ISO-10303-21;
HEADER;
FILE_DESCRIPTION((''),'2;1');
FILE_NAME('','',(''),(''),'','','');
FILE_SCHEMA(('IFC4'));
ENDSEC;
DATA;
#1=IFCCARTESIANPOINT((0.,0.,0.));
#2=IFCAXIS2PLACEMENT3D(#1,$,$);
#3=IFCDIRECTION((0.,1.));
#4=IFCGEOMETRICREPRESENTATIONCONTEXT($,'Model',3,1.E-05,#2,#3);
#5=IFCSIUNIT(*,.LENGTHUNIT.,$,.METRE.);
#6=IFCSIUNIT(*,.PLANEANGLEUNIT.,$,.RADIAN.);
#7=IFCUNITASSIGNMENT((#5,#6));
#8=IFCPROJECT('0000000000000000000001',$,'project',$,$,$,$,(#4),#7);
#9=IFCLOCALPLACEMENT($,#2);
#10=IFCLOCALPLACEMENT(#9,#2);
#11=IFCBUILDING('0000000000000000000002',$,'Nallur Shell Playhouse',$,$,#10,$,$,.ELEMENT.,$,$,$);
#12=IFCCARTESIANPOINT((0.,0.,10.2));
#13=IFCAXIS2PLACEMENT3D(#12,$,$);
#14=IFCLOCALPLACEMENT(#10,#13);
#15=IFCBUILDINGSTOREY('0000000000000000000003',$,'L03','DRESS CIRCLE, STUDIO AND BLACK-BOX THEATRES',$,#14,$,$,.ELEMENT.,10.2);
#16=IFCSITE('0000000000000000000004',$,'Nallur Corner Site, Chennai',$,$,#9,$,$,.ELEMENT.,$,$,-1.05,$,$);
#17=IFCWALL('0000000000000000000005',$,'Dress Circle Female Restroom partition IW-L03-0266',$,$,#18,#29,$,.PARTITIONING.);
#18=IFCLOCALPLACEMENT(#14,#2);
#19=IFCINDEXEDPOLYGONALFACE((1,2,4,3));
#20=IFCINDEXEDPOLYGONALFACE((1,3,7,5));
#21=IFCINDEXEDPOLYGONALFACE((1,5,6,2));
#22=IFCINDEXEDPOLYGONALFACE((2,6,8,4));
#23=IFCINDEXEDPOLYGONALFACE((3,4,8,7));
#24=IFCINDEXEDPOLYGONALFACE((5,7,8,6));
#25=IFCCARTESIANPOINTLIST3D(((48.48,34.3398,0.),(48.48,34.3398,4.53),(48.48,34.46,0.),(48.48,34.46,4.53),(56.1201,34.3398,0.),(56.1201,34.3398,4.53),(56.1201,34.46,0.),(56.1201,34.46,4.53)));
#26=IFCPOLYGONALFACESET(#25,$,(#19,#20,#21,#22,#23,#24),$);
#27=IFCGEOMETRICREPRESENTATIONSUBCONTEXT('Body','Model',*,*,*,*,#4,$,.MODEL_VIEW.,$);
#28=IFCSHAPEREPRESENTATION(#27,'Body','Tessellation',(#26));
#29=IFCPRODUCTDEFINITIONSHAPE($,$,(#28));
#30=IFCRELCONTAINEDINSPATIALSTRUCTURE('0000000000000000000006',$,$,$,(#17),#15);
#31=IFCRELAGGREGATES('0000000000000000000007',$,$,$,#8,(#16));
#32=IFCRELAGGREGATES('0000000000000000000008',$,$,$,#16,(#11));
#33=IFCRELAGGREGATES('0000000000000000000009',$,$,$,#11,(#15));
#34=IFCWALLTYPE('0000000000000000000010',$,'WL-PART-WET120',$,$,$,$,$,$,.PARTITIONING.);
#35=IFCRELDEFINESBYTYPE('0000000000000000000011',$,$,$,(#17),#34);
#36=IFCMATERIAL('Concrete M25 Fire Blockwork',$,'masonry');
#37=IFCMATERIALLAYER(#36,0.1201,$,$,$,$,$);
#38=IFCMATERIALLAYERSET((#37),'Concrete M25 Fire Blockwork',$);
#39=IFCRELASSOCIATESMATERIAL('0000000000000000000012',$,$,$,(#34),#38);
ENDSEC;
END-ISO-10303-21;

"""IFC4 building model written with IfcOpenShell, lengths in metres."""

from ifc_helpers import new_model, si_unit, direction, frame, frame_2d, origin, place, context, subcontext, project, spatial, rectangle, extrude, material, layer, layer_set, type_object, element, save


model = new_model("IFC4")

# Units and contexts
model_context = context("Model", 3, precision=1e-05, world=origin(), true_north=direction((0.0, 1.0)))
body_context = subcontext(model_context, "Body", "Model", "MODEL_VIEW")
ifc_project = project(units=[si_unit("LENGTHUNIT", "METRE"), si_unit("PLANEANGLEUNIT", "RADIAN")], contexts=[model_context])

# Site, building, storey
site_placement = place(None, origin())
site = spatial("IfcSite", under=ifc_project, at=site_placement, Name="Nallur Corner Site, Chennai", CompositionType="ELEMENT", RefElevation=-1.05)
building_placement = place(site_placement, origin())
building = spatial("IfcBuilding", under=site, at=building_placement, Name="Nallur Shell Playhouse", CompositionType="ELEMENT")
storey_placement = place(building_placement, frame((0.0, 0.0, 10.2)))
storey = spatial("IfcBuildingStorey", under=building, at=storey_placement, Name="L03", Description="DRESS CIRCLE, STUDIO AND BLACK-BOX THEATRES", CompositionType="ELEMENT", Elevation=10.2)

# Wall
ifc_material_1 = material(Name="Concrete M25 Fire Blockwork", Category="masonry")
ifc_layer_1 = layer(ifc_material_1, 0.1201)
ifc_layer_set_1 = layer_set([ifc_layer_1], Name="Concrete M25 Fire Blockwork")
wall_type_1 = type_object("IfcWallType", Name="WL-PART-WET120", PredefinedType="PARTITIONING", material=ifc_layer_set_1)
wall_1_placement = place(storey_placement, frame((56.1201, 34.3999, 0.0), z_axis=(0.0, 0.0, 1.0), x_axis=(-1.0, 0.0, 0.0)))
element("IfcWall", 1, at=wall_1_placement, inside=storey, type_object=wall_type_1, Name="Dress Circle Female Restroom partition IW-L03-0266", PredefinedType="PARTITIONING", context=body_context, shape_type="SweptSolid", body=[
    extrude(rectangle(XDim=7.6401, YDim=0.1201, at=frame_2d((3.8201, 0.0))), origin(), (0.0, 0.0, 1.0), 4.53),
])

save(model, "model.ifc")
